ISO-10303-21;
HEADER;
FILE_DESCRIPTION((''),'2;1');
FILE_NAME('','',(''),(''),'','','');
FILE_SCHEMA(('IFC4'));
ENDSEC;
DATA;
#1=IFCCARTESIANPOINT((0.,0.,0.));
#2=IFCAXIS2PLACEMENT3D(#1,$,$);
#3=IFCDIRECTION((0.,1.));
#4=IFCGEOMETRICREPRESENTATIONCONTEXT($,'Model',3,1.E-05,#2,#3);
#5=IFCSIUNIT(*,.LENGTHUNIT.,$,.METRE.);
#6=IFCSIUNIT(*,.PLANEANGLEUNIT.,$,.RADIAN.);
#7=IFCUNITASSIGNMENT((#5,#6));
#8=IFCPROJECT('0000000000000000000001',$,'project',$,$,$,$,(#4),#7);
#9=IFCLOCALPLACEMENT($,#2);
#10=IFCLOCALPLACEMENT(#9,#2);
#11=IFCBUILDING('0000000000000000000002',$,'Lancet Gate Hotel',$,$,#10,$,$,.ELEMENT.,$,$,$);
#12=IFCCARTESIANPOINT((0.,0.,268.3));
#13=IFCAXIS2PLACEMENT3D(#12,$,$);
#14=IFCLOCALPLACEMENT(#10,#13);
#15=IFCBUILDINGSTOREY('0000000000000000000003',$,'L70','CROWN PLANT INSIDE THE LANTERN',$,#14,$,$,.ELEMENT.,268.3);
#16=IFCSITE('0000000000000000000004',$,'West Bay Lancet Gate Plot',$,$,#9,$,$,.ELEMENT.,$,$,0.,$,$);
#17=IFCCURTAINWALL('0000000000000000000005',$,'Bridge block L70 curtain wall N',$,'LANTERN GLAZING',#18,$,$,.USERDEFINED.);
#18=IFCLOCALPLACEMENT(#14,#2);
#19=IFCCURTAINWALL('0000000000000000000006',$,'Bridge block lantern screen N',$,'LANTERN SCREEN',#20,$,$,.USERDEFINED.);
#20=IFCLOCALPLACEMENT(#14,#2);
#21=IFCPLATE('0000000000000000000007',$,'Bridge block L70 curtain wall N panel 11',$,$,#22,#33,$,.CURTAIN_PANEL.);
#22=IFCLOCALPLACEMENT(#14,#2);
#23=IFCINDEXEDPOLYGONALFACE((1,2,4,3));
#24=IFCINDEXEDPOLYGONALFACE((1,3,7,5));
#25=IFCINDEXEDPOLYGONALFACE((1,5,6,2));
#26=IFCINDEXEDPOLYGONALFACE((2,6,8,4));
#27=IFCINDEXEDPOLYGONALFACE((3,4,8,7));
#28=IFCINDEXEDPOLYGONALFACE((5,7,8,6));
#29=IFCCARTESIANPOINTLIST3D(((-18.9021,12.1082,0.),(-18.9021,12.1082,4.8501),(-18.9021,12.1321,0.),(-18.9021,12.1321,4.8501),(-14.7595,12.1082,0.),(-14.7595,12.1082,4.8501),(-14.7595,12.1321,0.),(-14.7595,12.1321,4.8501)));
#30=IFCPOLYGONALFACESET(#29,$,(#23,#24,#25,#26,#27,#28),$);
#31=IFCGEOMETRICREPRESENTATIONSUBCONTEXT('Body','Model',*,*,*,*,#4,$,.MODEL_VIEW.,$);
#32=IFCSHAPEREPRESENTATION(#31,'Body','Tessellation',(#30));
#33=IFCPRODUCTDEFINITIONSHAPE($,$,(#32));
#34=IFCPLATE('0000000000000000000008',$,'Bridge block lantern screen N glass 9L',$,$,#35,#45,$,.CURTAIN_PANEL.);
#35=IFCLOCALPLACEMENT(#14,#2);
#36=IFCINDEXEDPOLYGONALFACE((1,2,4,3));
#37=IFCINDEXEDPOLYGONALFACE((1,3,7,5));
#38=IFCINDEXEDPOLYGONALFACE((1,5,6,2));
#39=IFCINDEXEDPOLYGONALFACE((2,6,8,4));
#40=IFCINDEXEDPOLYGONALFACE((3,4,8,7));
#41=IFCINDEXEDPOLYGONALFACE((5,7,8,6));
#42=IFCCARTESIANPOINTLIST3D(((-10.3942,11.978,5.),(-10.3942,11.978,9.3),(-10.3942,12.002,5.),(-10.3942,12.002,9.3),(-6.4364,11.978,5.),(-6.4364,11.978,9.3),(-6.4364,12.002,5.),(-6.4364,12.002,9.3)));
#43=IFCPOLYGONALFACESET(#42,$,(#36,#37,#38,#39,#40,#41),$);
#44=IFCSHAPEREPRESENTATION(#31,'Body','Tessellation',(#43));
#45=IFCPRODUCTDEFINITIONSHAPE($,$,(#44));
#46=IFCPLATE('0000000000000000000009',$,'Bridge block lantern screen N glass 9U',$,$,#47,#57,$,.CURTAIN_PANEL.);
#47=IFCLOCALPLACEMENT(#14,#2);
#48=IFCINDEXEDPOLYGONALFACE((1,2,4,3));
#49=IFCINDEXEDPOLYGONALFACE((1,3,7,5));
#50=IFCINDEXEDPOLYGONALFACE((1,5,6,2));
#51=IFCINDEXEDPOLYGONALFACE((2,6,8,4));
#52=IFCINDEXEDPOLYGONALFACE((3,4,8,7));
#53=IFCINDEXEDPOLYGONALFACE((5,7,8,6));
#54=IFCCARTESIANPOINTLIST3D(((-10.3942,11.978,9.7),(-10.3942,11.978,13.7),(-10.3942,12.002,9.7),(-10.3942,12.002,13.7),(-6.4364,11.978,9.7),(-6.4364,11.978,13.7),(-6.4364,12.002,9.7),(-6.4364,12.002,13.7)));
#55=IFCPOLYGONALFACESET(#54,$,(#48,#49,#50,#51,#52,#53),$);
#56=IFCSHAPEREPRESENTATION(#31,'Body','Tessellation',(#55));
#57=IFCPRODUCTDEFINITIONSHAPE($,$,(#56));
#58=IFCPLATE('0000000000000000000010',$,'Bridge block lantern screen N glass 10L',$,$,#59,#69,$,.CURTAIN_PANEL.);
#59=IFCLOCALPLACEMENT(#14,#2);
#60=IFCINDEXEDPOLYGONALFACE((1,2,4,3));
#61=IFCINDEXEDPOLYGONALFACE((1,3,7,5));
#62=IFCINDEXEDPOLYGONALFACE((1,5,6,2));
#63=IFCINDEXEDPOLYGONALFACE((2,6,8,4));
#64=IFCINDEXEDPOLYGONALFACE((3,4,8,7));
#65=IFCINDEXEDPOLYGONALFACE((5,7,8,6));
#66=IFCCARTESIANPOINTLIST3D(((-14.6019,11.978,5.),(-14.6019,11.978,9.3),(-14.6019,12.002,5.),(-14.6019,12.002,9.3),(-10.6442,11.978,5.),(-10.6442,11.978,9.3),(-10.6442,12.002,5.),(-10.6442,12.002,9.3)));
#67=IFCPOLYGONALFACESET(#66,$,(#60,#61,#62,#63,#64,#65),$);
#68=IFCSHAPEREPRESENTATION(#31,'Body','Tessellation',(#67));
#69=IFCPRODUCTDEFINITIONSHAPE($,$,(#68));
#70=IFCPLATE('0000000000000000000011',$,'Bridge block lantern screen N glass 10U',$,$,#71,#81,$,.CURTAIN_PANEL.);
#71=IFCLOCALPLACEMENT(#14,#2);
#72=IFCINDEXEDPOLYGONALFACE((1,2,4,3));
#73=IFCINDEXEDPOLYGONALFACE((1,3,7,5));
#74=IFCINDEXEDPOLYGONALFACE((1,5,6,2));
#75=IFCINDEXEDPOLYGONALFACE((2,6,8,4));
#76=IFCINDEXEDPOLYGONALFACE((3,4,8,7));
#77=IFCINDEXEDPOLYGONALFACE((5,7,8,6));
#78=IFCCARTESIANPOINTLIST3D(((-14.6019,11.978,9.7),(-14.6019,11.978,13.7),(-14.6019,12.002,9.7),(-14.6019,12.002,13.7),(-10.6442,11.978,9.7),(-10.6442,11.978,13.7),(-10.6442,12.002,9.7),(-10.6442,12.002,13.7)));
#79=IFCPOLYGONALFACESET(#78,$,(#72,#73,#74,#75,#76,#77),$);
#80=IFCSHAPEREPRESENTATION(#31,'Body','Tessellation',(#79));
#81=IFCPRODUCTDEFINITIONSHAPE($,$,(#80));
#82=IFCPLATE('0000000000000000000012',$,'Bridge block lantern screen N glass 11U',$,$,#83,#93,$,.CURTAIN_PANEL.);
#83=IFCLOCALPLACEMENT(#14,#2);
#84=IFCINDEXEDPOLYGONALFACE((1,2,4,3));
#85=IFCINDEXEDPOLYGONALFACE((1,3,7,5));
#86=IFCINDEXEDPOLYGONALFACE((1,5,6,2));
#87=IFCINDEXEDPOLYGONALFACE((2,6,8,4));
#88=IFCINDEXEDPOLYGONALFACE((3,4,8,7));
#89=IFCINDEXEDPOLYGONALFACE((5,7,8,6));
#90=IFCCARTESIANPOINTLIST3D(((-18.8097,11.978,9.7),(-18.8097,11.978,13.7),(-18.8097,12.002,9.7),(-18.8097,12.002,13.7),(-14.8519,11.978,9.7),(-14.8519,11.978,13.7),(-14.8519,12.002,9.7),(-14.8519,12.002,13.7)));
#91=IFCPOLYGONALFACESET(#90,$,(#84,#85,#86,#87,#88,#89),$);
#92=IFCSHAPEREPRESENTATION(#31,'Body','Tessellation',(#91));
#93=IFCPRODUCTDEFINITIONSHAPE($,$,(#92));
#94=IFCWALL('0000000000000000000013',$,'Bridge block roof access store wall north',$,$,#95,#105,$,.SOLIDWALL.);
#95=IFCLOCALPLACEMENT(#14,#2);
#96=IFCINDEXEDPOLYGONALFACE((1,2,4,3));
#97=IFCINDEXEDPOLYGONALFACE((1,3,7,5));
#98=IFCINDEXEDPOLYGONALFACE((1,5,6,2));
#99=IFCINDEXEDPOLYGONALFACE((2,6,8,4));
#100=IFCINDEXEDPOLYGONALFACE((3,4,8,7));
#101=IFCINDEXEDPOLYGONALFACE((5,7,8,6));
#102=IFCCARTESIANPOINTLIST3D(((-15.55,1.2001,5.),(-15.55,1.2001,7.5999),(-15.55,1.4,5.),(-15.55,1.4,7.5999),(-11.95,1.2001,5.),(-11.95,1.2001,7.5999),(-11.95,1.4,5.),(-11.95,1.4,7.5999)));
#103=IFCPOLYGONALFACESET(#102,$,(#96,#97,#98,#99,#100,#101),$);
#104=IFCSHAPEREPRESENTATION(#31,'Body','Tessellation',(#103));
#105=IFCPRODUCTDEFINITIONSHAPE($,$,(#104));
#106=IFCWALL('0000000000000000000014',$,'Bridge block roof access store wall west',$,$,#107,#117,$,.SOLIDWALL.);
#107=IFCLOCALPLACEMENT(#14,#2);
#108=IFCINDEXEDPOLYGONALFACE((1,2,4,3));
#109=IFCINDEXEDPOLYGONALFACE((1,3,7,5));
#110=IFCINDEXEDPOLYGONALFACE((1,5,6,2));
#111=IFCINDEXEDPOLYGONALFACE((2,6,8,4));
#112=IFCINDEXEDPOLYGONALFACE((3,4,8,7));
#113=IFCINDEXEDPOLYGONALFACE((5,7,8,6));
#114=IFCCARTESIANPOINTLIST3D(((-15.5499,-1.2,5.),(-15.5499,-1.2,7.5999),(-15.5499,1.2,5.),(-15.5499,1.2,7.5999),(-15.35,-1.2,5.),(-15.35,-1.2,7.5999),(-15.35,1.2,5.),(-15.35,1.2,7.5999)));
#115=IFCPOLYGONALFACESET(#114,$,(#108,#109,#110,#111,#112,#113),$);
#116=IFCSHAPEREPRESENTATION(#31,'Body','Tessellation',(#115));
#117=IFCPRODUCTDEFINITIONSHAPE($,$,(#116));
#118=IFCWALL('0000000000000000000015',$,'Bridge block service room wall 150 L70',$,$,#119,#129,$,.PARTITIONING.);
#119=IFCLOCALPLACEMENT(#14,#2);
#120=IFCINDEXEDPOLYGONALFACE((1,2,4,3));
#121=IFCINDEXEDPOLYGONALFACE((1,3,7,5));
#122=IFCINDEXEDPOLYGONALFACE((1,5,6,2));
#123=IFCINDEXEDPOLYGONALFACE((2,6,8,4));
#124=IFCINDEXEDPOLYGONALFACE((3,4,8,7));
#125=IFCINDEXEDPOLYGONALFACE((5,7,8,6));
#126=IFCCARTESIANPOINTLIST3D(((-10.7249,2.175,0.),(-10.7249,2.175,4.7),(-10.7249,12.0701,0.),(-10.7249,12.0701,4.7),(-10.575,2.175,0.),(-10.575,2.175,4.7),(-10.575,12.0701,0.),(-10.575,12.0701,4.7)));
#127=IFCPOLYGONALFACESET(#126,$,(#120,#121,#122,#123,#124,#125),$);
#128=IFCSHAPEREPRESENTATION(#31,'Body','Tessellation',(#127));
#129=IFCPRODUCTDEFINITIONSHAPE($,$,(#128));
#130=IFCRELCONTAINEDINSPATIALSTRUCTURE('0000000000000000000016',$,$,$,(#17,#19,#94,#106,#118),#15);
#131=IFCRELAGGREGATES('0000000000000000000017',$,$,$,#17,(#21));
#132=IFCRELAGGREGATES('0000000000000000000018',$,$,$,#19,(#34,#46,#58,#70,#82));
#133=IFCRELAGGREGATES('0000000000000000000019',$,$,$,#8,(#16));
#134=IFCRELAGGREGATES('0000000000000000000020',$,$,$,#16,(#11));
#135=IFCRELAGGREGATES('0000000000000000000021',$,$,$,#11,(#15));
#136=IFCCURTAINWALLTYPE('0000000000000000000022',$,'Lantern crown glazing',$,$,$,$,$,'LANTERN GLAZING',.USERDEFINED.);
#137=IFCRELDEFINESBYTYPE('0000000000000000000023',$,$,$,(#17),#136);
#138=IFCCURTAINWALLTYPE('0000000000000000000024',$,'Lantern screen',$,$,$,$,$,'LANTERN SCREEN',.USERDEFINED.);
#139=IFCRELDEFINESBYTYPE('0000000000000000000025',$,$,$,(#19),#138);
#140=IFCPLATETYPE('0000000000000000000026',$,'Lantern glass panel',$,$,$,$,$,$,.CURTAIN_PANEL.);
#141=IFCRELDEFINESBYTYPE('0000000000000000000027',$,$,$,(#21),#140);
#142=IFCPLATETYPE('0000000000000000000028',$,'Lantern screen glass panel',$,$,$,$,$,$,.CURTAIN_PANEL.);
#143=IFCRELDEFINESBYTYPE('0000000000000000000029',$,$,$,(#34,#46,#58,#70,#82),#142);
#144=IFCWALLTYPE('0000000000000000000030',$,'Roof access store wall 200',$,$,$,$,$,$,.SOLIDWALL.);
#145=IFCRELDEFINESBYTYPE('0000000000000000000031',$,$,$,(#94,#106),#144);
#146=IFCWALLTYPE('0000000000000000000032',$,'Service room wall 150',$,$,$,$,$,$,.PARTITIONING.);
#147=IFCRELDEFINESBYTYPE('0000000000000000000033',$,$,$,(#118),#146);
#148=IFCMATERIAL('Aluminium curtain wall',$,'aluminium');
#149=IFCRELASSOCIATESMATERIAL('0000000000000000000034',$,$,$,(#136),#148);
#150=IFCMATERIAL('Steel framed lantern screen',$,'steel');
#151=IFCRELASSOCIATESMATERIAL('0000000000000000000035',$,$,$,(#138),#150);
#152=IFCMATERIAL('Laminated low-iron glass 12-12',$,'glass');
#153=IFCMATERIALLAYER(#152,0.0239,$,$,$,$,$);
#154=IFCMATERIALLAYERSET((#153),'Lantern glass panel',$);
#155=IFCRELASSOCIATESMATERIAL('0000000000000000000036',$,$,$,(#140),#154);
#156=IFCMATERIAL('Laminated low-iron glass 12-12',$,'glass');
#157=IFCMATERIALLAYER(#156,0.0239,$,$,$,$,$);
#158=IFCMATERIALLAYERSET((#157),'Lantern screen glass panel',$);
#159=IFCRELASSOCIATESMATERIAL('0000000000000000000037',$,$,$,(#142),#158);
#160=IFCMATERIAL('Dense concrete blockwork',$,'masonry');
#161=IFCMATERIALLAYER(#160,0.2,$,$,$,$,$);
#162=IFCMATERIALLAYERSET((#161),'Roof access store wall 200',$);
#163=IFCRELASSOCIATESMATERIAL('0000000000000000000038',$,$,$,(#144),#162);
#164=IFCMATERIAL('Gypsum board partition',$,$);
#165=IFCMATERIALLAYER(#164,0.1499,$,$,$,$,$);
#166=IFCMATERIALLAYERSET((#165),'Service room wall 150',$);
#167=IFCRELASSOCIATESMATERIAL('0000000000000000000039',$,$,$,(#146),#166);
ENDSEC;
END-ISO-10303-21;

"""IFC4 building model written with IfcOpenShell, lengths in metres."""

from ifc_helpers import new_model, si_unit, direction, frame, frame_2d, origin, origin_2d, place, context, subcontext, project, spatial, rectangle, extrude, material, layer, layer_set, type_object, element, aggregate, save


model = new_model("IFC4")

# Units and contexts
model_context = context("Model", 3, precision=1e-05, world=origin(), true_north=direction((0.0, 1.0)))
body_context = subcontext(model_context, "Body", "Model", "MODEL_VIEW")
ifc_project = project(units=[si_unit("LENGTHUNIT", "METRE"), si_unit("PLANEANGLEUNIT", "RADIAN")], contexts=[model_context])

# Site, building, storey
site_placement = place(None, origin())
site = spatial("IfcSite", under=ifc_project, at=site_placement, Name="West Bay Lancet Gate Plot", CompositionType="ELEMENT", RefElevation=0.0)
building_placement = place(site_placement, origin())
building = spatial("IfcBuilding", under=site, at=building_placement, Name="Lancet Gate Hotel", CompositionType="ELEMENT")
storey_placement = place(building_placement, frame((0.0, 0.0, 268.3)))
storey = spatial("IfcBuildingStorey", under=building, at=storey_placement, Name="L70", Description="CROWN PLANT INSIDE THE LANTERN", CompositionType="ELEMENT", Elevation=268.3)

# Curtain wall
ifc_material_1 = material(Name="Aluminium curtain wall", Category="aluminium")
curtain_wall_type_1 = type_object("IfcCurtainWallType", Name="Lantern crown glazing", ElementType="LANTERN GLAZING", PredefinedType="USERDEFINED", material=ifc_material_1)
curtain_wall_1_placement = place(storey_placement, origin())
curtain_wall_1 = element("IfcCurtainWall", 1, at=curtain_wall_1_placement, inside=storey, type_object=curtain_wall_type_1, Name="Bridge block L70 curtain wall N", ObjectType="LANTERN GLAZING", PredefinedType="USERDEFINED")

# Curtain wall
ifc_material_2 = material(Name="Steel framed lantern screen", Category="steel")
curtain_wall_type_2 = type_object("IfcCurtainWallType", Name="Lantern screen", ElementType="LANTERN SCREEN", PredefinedType="USERDEFINED", material=ifc_material_2)
curtain_wall_2_placement = place(storey_placement, origin())
curtain_wall_2 = element("IfcCurtainWall", 2, at=curtain_wall_2_placement, inside=storey, type_object=curtain_wall_type_2, Name="Bridge block lantern screen N", ObjectType="LANTERN SCREEN", PredefinedType="USERDEFINED")

# Plates
ifc_material_3 = material(Name="Laminated low-iron glass 12-12", Category="glass")
ifc_layer_1 = layer(ifc_material_3, 0.0239)
ifc_layer_set_1 = layer_set([ifc_layer_1], Name="Lantern glass panel")
plate_type_1 = type_object("IfcPlateType", Name="Lantern glass panel", PredefinedType="CURTAIN_PANEL", material=ifc_layer_set_1)
plate_1_placement = place(storey_placement, frame((-16.8308, 12.1201, 0.0), z_axis=(0.0, 0.0, 1.0), x_axis=(-1.0, 0.0, 0.0)))
plate_1 = element("IfcPlate", 3, at=plate_1_placement, type_object=plate_type_1, Name="Bridge block L70 curtain wall N panel 11", PredefinedType="CURTAIN_PANEL", context=body_context, shape_type="SweptSolid", body=[
    extrude(rectangle(XDim=4.1426, YDim=0.0239, at=origin_2d()), origin(), (0.0, 0.0, 1.0), 4.8501),
])
aggregate(curtain_wall_1, [plate_1])
ifc_material_4 = material(Name="Laminated low-iron glass 12-12", Category="glass")
ifc_layer_2 = layer(ifc_material_4, 0.0239)
ifc_layer_set_2 = layer_set([ifc_layer_2], Name="Lantern screen glass panel")
plate_type_2 = type_object("IfcPlateType", Name="Lantern screen glass panel", PredefinedType="CURTAIN_PANEL", material=ifc_layer_set_2)
plate_2_placement = place(storey_placement, frame((-8.4153, 11.99, 5.0), z_axis=(0.0, 0.0, 1.0), x_axis=(-1.0, 0.0, 0.0)))
plate_2 = element("IfcPlate", 4, at=plate_2_placement, type_object=plate_type_2, Name="Bridge block lantern screen N glass 9L", PredefinedType="CURTAIN_PANEL", context=body_context, shape_type="SweptSolid", body=[
    extrude(rectangle(XDim=3.9578, YDim=0.0239, at=origin_2d()), origin(), (0.0, 0.0, 1.0), 4.3),
])
plate_3_placement = place(storey_placement, frame((-8.4153, 11.99, 9.7), z_axis=(0.0, 0.0, 1.0), x_axis=(-1.0, 0.0, 0.0)))
plate_3 = element("IfcPlate", 5, at=plate_3_placement, type_object=plate_type_2, Name="Bridge block lantern screen N glass 9U", PredefinedType="CURTAIN_PANEL", context=body_context, shape_type="SweptSolid", body=[
    extrude(rectangle(XDim=3.9578, YDim=0.0239, at=origin_2d()), origin(), (0.0, 0.0, 1.0), 4.0),
])
plate_4_placement = place(storey_placement, frame((-12.623, 11.99, 5.0), z_axis=(0.0, 0.0, 1.0), x_axis=(-1.0, 0.0, 0.0)))
plate_4 = element("IfcPlate", 6, at=plate_4_placement, type_object=plate_type_2, Name="Bridge block lantern screen N glass 10L", PredefinedType="CURTAIN_PANEL", context=body_context, shape_type="SweptSolid", body=[
    extrude(rectangle(XDim=3.9578, YDim=0.0239, at=origin_2d()), origin(), (0.0, 0.0, 1.0), 4.3),
])
plate_5_placement = place(storey_placement, frame((-12.623, 11.99, 9.7), z_axis=(0.0, 0.0, 1.0), x_axis=(-1.0, 0.0, 0.0)))
plate_5 = element("IfcPlate", 7, at=plate_5_placement, type_object=plate_type_2, Name="Bridge block lantern screen N glass 10U", PredefinedType="CURTAIN_PANEL", context=body_context, shape_type="SweptSolid", body=[
    extrude(rectangle(XDim=3.9578, YDim=0.0239, at=origin_2d()), origin(), (0.0, 0.0, 1.0), 4.0),
])
plate_6_placement = place(storey_placement, frame((-16.8308, 11.99, 9.7), z_axis=(0.0, 0.0, 1.0), x_axis=(-1.0, 0.0, 0.0)))
plate_6 = element("IfcPlate", 8, at=plate_6_placement, type_object=plate_type_2, Name="Bridge block lantern screen N glass 11U", PredefinedType="CURTAIN_PANEL", context=body_context, shape_type="SweptSolid", body=[
    extrude(rectangle(XDim=3.9578, YDim=0.0239, at=origin_2d()), origin(), (0.0, 0.0, 1.0), 4.0),
])
aggregate(curtain_wall_2, [plate_2, plate_3, plate_4, plate_5, plate_6])

# Walls
ifc_material_5 = material(Name="Dense concrete blockwork", Category="masonry")
ifc_layer_3 = layer(ifc_material_5, 0.2)
ifc_layer_set_3 = layer_set([ifc_layer_3], Name="Roof access store wall 200")
wall_type_1 = type_object("IfcWallType", Name="Roof access store wall 200", PredefinedType="SOLIDWALL", material=ifc_layer_set_3)
wall_1_placement = place(storey_placement, frame((-11.95, 1.3, 5.0), z_axis=(0.0, 0.0, 1.0), x_axis=(-1.0, 0.0, 0.0)))
element("IfcWall", 9, at=wall_1_placement, inside=storey, type_object=wall_type_1, Name="Bridge block roof access store wall north", PredefinedType="SOLIDWALL", context=body_context, shape_type="SweptSolid", body=[
    extrude(rectangle(XDim=3.6001, YDim=0.2, at=frame_2d((1.8, 0.0))), origin(), (0.0, 0.0, 1.0), 2.5999),
])
wall_2_placement = place(storey_placement, frame((-15.45, 1.2, 5.0), z_axis=(0.0, 0.0, 1.0), x_axis=(0.0, -1.0, 0.0)))
element("IfcWall", 10, at=wall_2_placement, inside=storey, type_object=wall_type_1, Name="Bridge block roof access store wall west", PredefinedType="SOLIDWALL", context=body_context, shape_type="SweptSolid", body=[
    extrude(rectangle(XDim=2.3999, YDim=0.2, at=frame_2d((1.2, 0.0))), origin(), (0.0, 0.0, 1.0), 2.5999),
])
ifc_material_6 = material(Name="Gypsum board partition")
ifc_layer_4 = layer(ifc_material_6, 0.1499)
ifc_layer_set_4 = layer_set([ifc_layer_4], Name="Service room wall 150")
wall_type_2 = type_object("IfcWallType", Name="Service room wall 150", PredefinedType="PARTITIONING", material=ifc_layer_set_4)
wall_3_placement = place(storey_placement, frame((-10.6499, 2.175, 0.0), z_axis=(0.0, 0.0, 1.0), x_axis=(0.0, 1.0, 0.0)))
element("IfcWall", 11, at=wall_3_placement, inside=storey, type_object=wall_type_2, Name="Bridge block service room wall 150 L70", PredefinedType="PARTITIONING", context=body_context, shape_type="SweptSolid", body=[
    extrude(rectangle(XDim=9.895, YDim=0.1499, at=frame_2d((4.9475, 0.0))), origin(), (0.0, 0.0, 1.0), 4.7),
])

save(model, "model.ifc")
